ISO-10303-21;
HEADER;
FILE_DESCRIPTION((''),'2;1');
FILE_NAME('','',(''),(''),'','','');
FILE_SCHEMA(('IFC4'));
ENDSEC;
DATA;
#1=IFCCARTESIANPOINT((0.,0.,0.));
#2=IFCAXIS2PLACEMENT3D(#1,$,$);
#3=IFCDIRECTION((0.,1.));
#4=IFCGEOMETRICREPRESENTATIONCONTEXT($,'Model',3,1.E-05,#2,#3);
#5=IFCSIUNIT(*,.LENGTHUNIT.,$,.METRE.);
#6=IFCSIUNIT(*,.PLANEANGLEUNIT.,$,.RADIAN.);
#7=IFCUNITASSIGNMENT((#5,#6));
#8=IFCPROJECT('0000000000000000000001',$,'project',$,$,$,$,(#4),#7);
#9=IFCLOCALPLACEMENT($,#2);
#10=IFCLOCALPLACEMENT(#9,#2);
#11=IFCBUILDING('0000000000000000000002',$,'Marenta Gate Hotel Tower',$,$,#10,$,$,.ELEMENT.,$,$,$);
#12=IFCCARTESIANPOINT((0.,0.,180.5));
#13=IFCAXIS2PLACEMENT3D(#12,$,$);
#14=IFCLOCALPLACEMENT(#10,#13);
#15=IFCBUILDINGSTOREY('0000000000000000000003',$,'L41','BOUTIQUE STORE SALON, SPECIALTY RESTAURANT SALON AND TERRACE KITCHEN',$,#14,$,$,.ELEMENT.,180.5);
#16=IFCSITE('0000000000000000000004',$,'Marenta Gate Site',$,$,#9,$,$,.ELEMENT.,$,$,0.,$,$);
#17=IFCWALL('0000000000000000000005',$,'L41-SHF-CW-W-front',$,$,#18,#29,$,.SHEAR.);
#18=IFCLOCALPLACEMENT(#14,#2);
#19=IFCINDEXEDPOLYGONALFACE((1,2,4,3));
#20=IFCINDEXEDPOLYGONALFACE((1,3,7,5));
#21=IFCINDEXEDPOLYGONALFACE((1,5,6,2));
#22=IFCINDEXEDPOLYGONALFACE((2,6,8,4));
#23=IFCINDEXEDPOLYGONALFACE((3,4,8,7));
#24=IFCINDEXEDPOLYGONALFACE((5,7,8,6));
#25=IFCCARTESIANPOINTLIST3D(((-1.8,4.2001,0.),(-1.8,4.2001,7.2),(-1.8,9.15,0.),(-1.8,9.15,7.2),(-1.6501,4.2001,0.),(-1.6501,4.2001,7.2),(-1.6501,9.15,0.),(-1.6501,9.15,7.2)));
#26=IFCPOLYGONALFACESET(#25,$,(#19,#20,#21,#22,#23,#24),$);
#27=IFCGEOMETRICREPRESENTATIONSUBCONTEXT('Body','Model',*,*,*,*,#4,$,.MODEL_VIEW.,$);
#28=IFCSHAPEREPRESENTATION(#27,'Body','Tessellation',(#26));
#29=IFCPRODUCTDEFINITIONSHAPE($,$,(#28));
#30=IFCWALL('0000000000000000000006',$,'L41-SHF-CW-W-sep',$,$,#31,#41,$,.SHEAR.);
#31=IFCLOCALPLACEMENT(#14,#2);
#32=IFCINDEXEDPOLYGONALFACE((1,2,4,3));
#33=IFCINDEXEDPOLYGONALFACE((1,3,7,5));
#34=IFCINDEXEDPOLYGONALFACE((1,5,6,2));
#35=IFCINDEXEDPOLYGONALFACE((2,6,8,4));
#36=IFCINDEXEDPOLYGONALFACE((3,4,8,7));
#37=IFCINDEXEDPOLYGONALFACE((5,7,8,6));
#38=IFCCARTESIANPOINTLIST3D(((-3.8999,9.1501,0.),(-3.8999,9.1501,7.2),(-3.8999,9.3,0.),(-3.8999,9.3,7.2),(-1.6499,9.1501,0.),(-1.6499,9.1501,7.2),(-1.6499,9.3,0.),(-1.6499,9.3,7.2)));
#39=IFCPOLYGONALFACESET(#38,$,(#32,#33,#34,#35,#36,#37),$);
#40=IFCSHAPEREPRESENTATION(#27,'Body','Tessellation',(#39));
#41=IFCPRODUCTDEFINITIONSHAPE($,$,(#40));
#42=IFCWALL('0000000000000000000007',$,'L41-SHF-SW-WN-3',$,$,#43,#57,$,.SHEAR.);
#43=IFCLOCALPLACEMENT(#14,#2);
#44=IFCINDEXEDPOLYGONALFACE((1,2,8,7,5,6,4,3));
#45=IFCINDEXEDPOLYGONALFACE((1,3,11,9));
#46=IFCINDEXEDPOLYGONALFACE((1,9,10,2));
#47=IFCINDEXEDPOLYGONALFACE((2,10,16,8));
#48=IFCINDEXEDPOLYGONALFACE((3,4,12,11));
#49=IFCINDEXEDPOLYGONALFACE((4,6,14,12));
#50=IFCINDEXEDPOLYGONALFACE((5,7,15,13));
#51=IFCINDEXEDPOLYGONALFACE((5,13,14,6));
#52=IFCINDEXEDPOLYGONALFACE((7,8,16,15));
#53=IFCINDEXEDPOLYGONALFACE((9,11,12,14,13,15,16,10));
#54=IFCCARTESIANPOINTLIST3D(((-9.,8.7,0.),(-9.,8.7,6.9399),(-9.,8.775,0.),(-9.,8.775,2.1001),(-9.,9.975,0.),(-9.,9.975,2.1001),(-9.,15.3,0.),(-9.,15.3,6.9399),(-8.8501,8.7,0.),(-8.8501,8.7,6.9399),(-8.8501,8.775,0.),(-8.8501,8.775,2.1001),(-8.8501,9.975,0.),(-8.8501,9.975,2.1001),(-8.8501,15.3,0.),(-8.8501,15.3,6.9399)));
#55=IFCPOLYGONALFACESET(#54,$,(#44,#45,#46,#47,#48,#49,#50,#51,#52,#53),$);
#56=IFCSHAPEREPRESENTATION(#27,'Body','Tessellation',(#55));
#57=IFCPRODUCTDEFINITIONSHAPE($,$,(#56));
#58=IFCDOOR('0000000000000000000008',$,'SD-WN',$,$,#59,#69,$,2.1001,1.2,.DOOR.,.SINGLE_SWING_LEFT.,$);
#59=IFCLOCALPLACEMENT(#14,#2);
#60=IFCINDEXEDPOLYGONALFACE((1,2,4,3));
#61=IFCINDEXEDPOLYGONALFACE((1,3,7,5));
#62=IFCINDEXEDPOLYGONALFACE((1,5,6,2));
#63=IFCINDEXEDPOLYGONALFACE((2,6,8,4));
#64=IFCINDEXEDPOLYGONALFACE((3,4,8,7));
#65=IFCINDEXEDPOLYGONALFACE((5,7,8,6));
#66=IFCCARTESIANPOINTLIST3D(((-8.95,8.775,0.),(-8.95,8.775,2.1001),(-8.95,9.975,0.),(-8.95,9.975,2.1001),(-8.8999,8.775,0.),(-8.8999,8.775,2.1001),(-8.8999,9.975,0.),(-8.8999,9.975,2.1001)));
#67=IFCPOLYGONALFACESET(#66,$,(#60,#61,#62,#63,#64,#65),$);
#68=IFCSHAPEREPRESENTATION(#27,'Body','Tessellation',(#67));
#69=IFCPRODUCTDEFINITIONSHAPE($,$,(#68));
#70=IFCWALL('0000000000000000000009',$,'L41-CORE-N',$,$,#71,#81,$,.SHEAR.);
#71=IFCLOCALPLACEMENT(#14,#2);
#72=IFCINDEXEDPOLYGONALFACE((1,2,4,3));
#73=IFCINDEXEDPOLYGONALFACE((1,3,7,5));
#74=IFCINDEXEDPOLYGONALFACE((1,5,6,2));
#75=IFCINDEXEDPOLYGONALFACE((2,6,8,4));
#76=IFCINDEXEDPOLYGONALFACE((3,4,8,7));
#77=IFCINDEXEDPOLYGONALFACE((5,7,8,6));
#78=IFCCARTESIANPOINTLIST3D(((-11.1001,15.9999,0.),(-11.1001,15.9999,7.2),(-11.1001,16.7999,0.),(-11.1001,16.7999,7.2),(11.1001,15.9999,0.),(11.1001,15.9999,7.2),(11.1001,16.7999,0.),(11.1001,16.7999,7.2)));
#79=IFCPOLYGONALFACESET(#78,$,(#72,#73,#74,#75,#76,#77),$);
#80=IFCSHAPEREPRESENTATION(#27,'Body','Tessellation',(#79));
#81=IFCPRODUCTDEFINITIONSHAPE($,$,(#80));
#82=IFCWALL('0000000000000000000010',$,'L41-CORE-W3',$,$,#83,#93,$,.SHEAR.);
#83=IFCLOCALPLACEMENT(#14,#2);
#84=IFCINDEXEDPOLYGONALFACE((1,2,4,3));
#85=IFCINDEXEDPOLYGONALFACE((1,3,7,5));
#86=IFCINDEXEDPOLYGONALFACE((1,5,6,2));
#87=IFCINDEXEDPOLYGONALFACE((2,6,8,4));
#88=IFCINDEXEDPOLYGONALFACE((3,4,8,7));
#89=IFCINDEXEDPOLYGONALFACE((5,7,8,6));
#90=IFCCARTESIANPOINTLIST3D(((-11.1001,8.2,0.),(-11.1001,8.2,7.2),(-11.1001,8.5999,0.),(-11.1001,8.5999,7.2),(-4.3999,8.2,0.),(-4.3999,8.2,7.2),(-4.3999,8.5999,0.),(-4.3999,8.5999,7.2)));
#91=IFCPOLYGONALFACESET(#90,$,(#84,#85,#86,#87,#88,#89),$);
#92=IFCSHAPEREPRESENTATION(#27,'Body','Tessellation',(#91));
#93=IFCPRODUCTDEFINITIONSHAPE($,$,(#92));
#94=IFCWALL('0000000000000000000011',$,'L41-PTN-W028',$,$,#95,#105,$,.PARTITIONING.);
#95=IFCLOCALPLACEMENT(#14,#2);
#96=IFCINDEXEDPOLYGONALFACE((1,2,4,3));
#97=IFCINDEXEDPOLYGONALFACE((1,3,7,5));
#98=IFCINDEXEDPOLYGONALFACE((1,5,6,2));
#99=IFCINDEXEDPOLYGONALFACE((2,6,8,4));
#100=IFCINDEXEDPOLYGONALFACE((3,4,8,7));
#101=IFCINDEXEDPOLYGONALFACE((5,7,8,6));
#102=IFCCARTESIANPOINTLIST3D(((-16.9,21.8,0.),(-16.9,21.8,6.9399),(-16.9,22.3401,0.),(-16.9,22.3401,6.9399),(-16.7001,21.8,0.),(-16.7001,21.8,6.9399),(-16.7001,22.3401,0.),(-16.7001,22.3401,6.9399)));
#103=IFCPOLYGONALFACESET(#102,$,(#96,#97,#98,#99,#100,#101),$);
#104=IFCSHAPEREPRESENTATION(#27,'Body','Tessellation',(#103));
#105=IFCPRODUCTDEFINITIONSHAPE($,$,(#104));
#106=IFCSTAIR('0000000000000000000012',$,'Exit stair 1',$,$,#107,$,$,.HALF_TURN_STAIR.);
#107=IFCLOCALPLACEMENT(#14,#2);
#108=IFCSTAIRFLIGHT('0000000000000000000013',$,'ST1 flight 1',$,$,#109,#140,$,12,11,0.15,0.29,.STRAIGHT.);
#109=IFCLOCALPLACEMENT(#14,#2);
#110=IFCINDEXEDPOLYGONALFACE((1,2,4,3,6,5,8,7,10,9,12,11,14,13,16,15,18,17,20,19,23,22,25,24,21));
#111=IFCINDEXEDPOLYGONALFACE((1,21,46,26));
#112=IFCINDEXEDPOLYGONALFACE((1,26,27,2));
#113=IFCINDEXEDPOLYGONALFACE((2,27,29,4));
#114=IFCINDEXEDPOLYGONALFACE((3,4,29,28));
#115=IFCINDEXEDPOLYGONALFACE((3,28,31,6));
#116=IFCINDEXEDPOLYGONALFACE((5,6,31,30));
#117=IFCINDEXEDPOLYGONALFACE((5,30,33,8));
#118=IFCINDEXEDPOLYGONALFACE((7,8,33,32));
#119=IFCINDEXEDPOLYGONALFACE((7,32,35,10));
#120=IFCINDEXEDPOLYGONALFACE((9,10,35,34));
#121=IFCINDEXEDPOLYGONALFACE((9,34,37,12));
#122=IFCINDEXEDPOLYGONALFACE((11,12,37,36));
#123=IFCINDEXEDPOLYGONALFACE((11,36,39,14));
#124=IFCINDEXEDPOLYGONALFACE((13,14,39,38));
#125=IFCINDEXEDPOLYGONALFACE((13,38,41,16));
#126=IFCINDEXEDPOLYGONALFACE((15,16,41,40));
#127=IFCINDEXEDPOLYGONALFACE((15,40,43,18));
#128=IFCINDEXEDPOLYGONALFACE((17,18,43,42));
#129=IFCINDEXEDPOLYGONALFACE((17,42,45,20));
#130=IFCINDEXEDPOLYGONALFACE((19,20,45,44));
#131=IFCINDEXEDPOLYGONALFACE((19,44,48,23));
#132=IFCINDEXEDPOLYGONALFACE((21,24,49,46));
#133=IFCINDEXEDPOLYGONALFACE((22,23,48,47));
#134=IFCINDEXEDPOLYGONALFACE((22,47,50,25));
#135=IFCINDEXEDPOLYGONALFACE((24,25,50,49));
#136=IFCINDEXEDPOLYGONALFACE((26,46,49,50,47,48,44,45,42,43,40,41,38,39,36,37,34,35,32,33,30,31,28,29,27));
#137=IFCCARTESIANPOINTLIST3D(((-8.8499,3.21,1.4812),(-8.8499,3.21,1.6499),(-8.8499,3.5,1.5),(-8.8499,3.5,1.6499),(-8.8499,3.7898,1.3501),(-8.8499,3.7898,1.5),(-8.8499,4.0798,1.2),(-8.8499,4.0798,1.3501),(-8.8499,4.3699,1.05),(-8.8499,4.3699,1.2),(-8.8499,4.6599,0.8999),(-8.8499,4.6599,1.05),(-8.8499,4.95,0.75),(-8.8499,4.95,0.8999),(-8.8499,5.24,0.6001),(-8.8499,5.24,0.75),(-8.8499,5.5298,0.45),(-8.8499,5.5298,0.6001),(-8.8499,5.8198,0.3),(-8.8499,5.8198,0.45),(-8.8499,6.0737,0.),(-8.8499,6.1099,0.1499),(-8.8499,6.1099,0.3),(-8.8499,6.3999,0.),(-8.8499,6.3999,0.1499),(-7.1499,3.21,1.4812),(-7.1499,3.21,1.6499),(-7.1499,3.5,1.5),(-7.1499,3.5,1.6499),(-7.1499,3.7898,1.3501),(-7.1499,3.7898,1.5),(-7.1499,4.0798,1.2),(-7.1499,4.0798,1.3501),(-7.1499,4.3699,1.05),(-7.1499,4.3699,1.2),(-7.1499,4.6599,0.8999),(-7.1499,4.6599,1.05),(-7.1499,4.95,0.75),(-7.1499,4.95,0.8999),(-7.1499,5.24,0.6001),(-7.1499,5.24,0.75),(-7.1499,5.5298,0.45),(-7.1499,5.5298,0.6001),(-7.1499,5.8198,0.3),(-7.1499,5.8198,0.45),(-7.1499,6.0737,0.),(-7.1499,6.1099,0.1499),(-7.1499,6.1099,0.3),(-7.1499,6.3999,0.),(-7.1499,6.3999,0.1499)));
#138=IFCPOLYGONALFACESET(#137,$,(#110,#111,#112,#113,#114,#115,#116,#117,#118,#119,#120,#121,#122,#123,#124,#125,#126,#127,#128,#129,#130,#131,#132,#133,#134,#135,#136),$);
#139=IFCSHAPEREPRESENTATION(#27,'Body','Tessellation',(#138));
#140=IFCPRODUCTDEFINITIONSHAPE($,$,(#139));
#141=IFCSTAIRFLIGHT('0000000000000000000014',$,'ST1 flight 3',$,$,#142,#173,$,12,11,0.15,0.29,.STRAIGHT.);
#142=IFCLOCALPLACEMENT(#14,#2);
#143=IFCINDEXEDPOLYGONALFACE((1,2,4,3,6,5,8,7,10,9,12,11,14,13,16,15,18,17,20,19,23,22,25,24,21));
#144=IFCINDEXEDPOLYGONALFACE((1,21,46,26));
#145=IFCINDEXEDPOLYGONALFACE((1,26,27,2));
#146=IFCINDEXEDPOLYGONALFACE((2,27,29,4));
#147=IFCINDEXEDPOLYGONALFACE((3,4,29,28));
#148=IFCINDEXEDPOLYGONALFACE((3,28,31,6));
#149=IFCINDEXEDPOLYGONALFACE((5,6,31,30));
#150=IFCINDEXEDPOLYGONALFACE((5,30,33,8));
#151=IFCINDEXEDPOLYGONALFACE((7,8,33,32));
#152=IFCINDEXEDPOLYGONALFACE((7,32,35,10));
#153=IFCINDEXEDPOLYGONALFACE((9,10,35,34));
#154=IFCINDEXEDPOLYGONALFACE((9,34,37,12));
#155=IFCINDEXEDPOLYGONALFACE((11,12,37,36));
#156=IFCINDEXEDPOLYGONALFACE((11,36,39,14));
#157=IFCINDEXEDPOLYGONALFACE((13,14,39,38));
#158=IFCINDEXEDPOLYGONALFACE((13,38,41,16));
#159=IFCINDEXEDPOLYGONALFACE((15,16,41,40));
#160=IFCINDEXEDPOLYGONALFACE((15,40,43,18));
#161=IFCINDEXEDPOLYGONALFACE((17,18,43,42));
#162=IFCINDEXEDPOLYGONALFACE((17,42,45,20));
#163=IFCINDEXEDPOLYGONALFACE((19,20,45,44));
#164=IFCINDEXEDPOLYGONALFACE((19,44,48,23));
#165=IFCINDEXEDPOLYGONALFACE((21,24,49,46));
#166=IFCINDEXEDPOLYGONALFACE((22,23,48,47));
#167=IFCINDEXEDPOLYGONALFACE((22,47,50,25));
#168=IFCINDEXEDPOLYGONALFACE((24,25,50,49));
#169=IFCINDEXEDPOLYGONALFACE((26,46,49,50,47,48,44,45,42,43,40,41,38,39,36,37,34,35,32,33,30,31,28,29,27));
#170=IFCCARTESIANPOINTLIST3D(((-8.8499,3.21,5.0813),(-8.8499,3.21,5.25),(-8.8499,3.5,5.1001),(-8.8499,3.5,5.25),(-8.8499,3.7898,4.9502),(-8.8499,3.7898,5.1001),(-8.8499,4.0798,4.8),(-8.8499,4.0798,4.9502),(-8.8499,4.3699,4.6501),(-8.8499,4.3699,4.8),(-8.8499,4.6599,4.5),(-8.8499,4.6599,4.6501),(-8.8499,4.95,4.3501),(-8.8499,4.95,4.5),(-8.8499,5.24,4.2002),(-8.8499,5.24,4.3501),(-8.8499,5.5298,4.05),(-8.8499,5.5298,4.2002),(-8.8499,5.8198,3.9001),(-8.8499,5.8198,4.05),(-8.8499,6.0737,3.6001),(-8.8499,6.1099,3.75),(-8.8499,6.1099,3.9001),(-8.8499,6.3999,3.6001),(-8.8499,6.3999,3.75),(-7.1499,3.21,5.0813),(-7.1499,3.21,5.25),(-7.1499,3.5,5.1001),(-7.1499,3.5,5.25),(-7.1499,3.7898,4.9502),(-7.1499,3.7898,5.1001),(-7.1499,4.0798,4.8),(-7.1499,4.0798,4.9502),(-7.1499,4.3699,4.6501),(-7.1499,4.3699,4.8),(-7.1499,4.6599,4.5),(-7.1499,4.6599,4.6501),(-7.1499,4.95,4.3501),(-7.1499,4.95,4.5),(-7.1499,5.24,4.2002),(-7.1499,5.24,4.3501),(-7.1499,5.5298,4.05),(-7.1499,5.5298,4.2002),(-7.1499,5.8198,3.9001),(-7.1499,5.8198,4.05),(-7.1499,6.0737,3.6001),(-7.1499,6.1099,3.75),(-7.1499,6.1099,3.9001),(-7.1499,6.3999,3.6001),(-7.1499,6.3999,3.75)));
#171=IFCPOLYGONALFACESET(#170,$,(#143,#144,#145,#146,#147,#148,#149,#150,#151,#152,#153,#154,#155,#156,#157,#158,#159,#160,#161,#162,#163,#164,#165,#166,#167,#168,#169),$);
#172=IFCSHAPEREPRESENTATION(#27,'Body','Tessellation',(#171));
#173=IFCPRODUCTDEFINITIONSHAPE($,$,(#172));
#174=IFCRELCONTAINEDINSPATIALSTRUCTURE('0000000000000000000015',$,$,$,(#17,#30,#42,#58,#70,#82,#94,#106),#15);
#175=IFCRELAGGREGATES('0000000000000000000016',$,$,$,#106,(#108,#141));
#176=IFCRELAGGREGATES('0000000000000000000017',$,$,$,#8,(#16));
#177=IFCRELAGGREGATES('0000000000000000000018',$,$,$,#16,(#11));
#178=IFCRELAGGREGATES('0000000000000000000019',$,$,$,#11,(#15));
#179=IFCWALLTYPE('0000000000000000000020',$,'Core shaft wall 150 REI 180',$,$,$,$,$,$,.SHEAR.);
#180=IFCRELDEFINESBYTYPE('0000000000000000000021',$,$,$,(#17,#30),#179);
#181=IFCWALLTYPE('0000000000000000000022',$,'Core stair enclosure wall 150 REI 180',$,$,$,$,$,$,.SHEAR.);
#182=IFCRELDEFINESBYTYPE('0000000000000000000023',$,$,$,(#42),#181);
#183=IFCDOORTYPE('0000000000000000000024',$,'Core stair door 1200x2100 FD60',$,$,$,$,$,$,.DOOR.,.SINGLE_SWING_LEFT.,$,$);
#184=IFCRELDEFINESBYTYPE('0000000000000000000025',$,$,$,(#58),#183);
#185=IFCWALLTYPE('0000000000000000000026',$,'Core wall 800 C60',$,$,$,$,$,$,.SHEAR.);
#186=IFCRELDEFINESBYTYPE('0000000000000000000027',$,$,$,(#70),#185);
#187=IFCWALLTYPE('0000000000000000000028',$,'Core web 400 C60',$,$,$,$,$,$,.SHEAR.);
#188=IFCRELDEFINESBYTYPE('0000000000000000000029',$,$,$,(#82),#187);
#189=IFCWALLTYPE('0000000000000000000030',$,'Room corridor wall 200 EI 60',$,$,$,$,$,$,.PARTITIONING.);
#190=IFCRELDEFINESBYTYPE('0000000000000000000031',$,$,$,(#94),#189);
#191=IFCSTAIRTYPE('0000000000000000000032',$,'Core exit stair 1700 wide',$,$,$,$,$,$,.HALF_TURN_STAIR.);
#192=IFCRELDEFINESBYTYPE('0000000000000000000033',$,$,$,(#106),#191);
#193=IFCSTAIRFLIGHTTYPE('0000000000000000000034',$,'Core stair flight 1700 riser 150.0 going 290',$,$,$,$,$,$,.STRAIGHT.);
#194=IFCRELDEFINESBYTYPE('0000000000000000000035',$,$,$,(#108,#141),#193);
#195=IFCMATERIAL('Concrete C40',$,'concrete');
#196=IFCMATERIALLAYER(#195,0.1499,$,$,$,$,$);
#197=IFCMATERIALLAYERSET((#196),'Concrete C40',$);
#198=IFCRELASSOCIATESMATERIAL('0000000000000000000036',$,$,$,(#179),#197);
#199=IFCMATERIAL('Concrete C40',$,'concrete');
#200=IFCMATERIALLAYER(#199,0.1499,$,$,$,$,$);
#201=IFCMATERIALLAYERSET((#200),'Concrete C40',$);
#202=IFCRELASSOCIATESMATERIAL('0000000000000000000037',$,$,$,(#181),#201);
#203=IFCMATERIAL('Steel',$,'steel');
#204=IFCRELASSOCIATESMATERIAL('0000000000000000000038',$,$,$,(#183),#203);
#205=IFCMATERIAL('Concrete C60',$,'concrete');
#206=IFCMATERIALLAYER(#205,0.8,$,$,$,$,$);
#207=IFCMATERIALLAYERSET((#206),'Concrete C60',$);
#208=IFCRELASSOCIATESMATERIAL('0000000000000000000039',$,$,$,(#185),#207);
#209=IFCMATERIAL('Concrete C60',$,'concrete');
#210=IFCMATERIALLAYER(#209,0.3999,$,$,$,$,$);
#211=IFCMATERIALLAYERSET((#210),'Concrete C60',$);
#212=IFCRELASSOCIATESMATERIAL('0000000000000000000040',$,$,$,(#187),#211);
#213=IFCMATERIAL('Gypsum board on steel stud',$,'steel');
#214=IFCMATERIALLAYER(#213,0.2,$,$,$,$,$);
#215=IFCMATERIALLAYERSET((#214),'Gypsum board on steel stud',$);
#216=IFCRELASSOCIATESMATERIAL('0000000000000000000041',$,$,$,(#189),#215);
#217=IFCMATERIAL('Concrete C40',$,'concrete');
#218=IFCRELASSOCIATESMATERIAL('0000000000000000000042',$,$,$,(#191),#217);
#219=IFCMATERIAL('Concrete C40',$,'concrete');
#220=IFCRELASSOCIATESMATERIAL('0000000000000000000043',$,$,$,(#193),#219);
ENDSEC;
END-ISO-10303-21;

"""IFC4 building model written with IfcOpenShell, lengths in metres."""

from ifc_helpers import new_model, si_unit, direction, frame, frame_2d, origin, place, context, subcontext, project, spatial, polyline, rectangle, outline, extrude, material, layer, layer_set, type_object, element, fill, aggregate, save


model = new_model("IFC4")

# Units and contexts
model_context = context("Model", 3, precision=1e-05, world=origin(), true_north=direction((0.0, 1.0)))
body_context = subcontext(model_context, "Body", "Model", "MODEL_VIEW")
ifc_project = project(units=[si_unit("LENGTHUNIT", "METRE"), si_unit("PLANEANGLEUNIT", "RADIAN")], contexts=[model_context])

# Site, building, storey
site_placement = place(None, origin())
site = spatial("IfcSite", under=ifc_project, at=site_placement, Name="Marenta Gate Site", CompositionType="ELEMENT", RefElevation=0.0)
building_placement = place(site_placement, origin())
building = spatial("IfcBuilding", under=site, at=building_placement, Name="Marenta Gate Hotel Tower", CompositionType="ELEMENT")
storey_placement = place(building_placement, frame((0.0, 0.0, 180.5)))
storey = spatial("IfcBuildingStorey", under=building, at=storey_placement, Name="L41", Description="BOUTIQUE STORE SALON, SPECIALTY RESTAURANT SALON AND TERRACE KITCHEN", CompositionType="ELEMENT", Elevation=180.5)

# Walls
ifc_material_1 = material(Name="Concrete C40", Category="concrete")
ifc_layer_1 = layer(ifc_material_1, 0.1499)
ifc_layer_set_1 = layer_set([ifc_layer_1], Name="Concrete C40")
wall_type_1 = type_object("IfcWallType", Name="Core shaft wall 150 REI 180", PredefinedType="SHEAR", material=ifc_layer_set_1)
wall_1_placement = place(storey_placement, frame((-1.7251, 4.2, 0.0), z_axis=(0.0, 0.0, 1.0), x_axis=(0.0, 1.0, 0.0)))
element("IfcWall", 1, at=wall_1_placement, inside=storey, type_object=wall_type_1, Name="L41-SHF-CW-W-front", PredefinedType="SHEAR", context=body_context, shape_type="SweptSolid", body=[
    extrude(rectangle(XDim=4.95, YDim=0.1499, at=frame_2d((2.4751, 0.0))), origin(), (0.0, 0.0, 1.0), 7.2),
])
wall_2_placement = place(storey_placement, frame((-3.8999, 9.2251, 0.0), z_axis=(0.0, 0.0, 1.0), x_axis=(1.0, 0.0, 0.0)))
element("IfcWall", 2, at=wall_2_placement, inside=storey, type_object=wall_type_1, Name="L41-SHF-CW-W-sep", PredefinedType="SHEAR", context=body_context, shape_type="SweptSolid", body=[
    extrude(rectangle(XDim=2.25, YDim=0.1499, at=frame_2d((1.125, 0.0))), origin(), (0.0, 0.0, 1.0), 7.2),
])

# Wall, opening, door
ifc_material_2 = material(Name="Concrete C40", Category="concrete")
ifc_layer_2 = layer(ifc_material_2, 0.1499)
ifc_layer_set_2 = layer_set([ifc_layer_2], Name="Concrete C40")
wall_type_2 = type_object("IfcWallType", Name="Core stair enclosure wall 150 REI 180", PredefinedType="SHEAR", material=ifc_layer_set_2)
wall_3_placement = place(storey_placement, frame((-8.925, 8.7, 0.0), z_axis=(0.0, 0.0, 1.0), x_axis=(0.0, 1.0, 0.0)))
wall_3 = element("IfcWall", 3, at=wall_3_placement, inside=storey, type_object=wall_type_2, Name="L41-SHF-SW-WN-3", PredefinedType="SHEAR", context=body_context, shape_type="SweptSolid", body=[
    extrude(rectangle(XDim=6.6001, YDim=0.1499, at=frame_2d((3.3, 0.0))), origin(), (0.0, 0.0, 1.0), 6.9399),
])
opening_1_placement = place(wall_3_placement, frame((0.075, 0.0, 0.0)))
opening_1 = element("IfcOpeningElement", 4, at=opening_1_placement, cuts=wall_3, PredefinedType="OPENING", context=body_context, shape_type="SweptSolid", body=[
    extrude(rectangle(XDim=1.2, YDim=2.1001, at=frame_2d((0.6001, 1.05))), frame((0.0, 0.075, 0.0), z_axis=(0.0, -1.0, 0.0), x_axis=(1.0, 0.0, 0.0)), (0.0, 0.0, 1.0), 0.1499),
])
ifc_material_3 = material(Name="Steel", Category="steel")
door_type_1 = type_object("IfcDoorType", Name="Core stair door 1200x2100 FD60", OperationType="SINGLE_SWING_LEFT", PredefinedType="DOOR", material=ifc_material_3)
door_1_placement = place(opening_1_placement, origin())
door_1 = element("IfcDoor", 5, at=door_1_placement, inside=storey, type_object=door_type_1, Name="SD-WN", OperationType="SINGLE_SWING_LEFT", OverallHeight=2.1001, OverallWidth=1.2, PredefinedType="DOOR", context=body_context, shape_type="SweptSolid", body=[
    extrude(rectangle(XDim=1.2, YDim=2.1001, at=frame_2d((0.6001, 1.05))), frame((0.0, 0.0249, 0.0), z_axis=(0.0, -1.0, 0.0), x_axis=(1.0, 0.0, 0.0)), (0.0, 0.0, 1.0), 0.05),
])
fill(opening_1, door_1)

# Walls
ifc_material_4 = material(Name="Concrete C60", Category="concrete")
ifc_layer_3 = layer(ifc_material_4, 0.8)
ifc_layer_set_3 = layer_set([ifc_layer_3], Name="Concrete C60")
wall_type_3 = type_object("IfcWallType", Name="Core wall 800 C60", PredefinedType="SHEAR", material=ifc_layer_set_3)
wall_4_placement = place(storey_placement, frame((-11.1001, 16.3999, 0.0), z_axis=(0.0, 0.0, 1.0), x_axis=(1.0, 0.0, 0.0)))
element("IfcWall", 6, at=wall_4_placement, inside=storey, type_object=wall_type_3, Name="L41-CORE-N", PredefinedType="SHEAR", context=body_context, shape_type="SweptSolid", body=[
    extrude(rectangle(XDim=22.2002, YDim=0.8, at=frame_2d((11.1001, 0.0))), origin(), (0.0, 0.0, 1.0), 7.2),
])
ifc_material_5 = material(Name="Concrete C60", Category="concrete")
ifc_layer_4 = layer(ifc_material_5, 0.3999)
ifc_layer_set_4 = layer_set([ifc_layer_4], Name="Concrete C60")
wall_type_4 = type_object("IfcWallType", Name="Core web 400 C60", PredefinedType="SHEAR", material=ifc_layer_set_4)
wall_5_placement = place(storey_placement, frame((-11.1001, 8.3999, 0.0), z_axis=(0.0, 0.0, 1.0), x_axis=(1.0, 0.0, 0.0)))
element("IfcWall", 7, at=wall_5_placement, inside=storey, type_object=wall_type_4, Name="L41-CORE-W3", PredefinedType="SHEAR", context=body_context, shape_type="SweptSolid", body=[
    extrude(rectangle(XDim=6.7002, YDim=0.3999, at=frame_2d((3.3501, 0.0))), origin(), (0.0, 0.0, 1.0), 7.2),
])
ifc_material_6 = material(Name="Gypsum board on steel stud", Category="steel")
ifc_layer_5 = layer(ifc_material_6, 0.2)
ifc_layer_set_5 = layer_set([ifc_layer_5], Name="Gypsum board on steel stud")
wall_type_5 = type_object("IfcWallType", Name="Room corridor wall 200 EI 60", PredefinedType="PARTITIONING", material=ifc_layer_set_5)
wall_6_placement = place(storey_placement, frame((-16.8, 21.8, 0.0), z_axis=(0.0, 0.0, 1.0), x_axis=(0.0, 1.0, 0.0)))
element("IfcWall", 8, at=wall_6_placement, inside=storey, type_object=wall_type_5, Name="L41-PTN-W028", PredefinedType="PARTITIONING", context=body_context, shape_type="SweptSolid", body=[
    extrude(rectangle(XDim=0.54, YDim=0.2, at=frame_2d((0.27, 0.0))), origin(), (0.0, 0.0, 1.0), 6.9399),
])

# Stair, stair flights
ifc_material_7 = material(Name="Concrete C40", Category="concrete")
stair_type = type_object("IfcStairType", Name="Core exit stair 1700 wide", PredefinedType="HALF_TURN_STAIR", material=ifc_material_7)
stair_1_placement = place(storey_placement, origin())
stair_1 = element("IfcStair", 9, at=stair_1_placement, inside=storey, type_object=stair_type, Name="Exit stair 1", PredefinedType="HALF_TURN_STAIR")
ifc_material_8 = material(Name="Concrete C40", Category="concrete")
stair_flight_type = type_object("IfcStairFlightType", Name="Core stair flight 1700 riser 150.0 going 290", PredefinedType="STRAIGHT", material=ifc_material_8)
stair_flight_1_placement = place(storey_placement, frame((-8.0, 6.3999, 0.0), z_axis=(0.0, 0.0, 1.0), x_axis=(0.0, -1.0, 0.0)))
stair_flight_1 = element("IfcStairFlight", 10, at=stair_flight_1_placement, type_object=stair_flight_type, Name="ST1 flight 1", NumberOfRisers=12, NumberOfTreads=11, PredefinedType="STRAIGHT", RiserHeight=0.15, TreadLength=0.29, context=body_context, shape_type="SweptSolid", body=[
    extrude(outline(polyline([(0.0, 0.0), (0.0, 0.1499), (0.29, 0.1499), (0.29, 0.3), (0.5801, 0.3), (0.5801, 0.45), (0.8701, 0.45), (0.8701, 0.6001), (1.1599, 0.6001), (1.1599, 0.75), (1.45, 0.75), (1.45, 0.8999), (1.74, 0.8999), (1.74, 1.05), (2.03, 1.05), (2.03, 1.2), (2.3201, 1.2), (2.3201, 1.3501), (2.6101, 1.3501), (2.6101, 1.5), (2.8999, 1.5), (2.8999, 1.6499), (3.1899, 1.6499), (3.1899, 1.8), (3.1899, 1.4812), (0.3262, 0.0), (0.0, 0.0)])), frame((0.0, 0.8501, 0.0), z_axis=(0.0, -1.0, 0.0), x_axis=(1.0, 0.0, 0.0)), (0.0, 0.0, 1.0), 1.7),
])
stair_flight_2_placement = place(storey_placement, frame((-8.0, 6.3999, 3.6001), z_axis=(0.0, 0.0, 1.0), x_axis=(0.0, -1.0, 0.0)))
stair_flight_2 = element("IfcStairFlight", 11, at=stair_flight_2_placement, type_object=stair_flight_type, Name="ST1 flight 3", NumberOfRisers=12, NumberOfTreads=11, PredefinedType="STRAIGHT", RiserHeight=0.15, TreadLength=0.29, context=body_context, shape_type="SweptSolid", body=[
    extrude(outline(polyline([(0.0, 0.0), (0.0, 0.1499), (0.29, 0.1499), (0.29, 0.3), (0.5801, 0.3), (0.5801, 0.45), (0.8701, 0.45), (0.8701, 0.6001), (1.1599, 0.6001), (1.1599, 0.75), (1.45, 0.75), (1.45, 0.8999), (1.74, 0.8999), (1.74, 1.05), (2.03, 1.05), (2.03, 1.2), (2.3201, 1.2), (2.3201, 1.3501), (2.6101, 1.3501), (2.6101, 1.5), (2.8999, 1.5), (2.8999, 1.6499), (3.1899, 1.6499), (3.1899, 1.8), (3.1899, 1.4812), (0.3262, 0.0), (0.0, 0.0)])), frame((0.0, 0.8501, 0.0), z_axis=(0.0, -1.0, 0.0), x_axis=(1.0, 0.0, 0.0)), (0.0, 0.0, 1.0), 1.7),
])
aggregate(stair_1, [stair_flight_1, stair_flight_2])

save(model, "model.ifc")
